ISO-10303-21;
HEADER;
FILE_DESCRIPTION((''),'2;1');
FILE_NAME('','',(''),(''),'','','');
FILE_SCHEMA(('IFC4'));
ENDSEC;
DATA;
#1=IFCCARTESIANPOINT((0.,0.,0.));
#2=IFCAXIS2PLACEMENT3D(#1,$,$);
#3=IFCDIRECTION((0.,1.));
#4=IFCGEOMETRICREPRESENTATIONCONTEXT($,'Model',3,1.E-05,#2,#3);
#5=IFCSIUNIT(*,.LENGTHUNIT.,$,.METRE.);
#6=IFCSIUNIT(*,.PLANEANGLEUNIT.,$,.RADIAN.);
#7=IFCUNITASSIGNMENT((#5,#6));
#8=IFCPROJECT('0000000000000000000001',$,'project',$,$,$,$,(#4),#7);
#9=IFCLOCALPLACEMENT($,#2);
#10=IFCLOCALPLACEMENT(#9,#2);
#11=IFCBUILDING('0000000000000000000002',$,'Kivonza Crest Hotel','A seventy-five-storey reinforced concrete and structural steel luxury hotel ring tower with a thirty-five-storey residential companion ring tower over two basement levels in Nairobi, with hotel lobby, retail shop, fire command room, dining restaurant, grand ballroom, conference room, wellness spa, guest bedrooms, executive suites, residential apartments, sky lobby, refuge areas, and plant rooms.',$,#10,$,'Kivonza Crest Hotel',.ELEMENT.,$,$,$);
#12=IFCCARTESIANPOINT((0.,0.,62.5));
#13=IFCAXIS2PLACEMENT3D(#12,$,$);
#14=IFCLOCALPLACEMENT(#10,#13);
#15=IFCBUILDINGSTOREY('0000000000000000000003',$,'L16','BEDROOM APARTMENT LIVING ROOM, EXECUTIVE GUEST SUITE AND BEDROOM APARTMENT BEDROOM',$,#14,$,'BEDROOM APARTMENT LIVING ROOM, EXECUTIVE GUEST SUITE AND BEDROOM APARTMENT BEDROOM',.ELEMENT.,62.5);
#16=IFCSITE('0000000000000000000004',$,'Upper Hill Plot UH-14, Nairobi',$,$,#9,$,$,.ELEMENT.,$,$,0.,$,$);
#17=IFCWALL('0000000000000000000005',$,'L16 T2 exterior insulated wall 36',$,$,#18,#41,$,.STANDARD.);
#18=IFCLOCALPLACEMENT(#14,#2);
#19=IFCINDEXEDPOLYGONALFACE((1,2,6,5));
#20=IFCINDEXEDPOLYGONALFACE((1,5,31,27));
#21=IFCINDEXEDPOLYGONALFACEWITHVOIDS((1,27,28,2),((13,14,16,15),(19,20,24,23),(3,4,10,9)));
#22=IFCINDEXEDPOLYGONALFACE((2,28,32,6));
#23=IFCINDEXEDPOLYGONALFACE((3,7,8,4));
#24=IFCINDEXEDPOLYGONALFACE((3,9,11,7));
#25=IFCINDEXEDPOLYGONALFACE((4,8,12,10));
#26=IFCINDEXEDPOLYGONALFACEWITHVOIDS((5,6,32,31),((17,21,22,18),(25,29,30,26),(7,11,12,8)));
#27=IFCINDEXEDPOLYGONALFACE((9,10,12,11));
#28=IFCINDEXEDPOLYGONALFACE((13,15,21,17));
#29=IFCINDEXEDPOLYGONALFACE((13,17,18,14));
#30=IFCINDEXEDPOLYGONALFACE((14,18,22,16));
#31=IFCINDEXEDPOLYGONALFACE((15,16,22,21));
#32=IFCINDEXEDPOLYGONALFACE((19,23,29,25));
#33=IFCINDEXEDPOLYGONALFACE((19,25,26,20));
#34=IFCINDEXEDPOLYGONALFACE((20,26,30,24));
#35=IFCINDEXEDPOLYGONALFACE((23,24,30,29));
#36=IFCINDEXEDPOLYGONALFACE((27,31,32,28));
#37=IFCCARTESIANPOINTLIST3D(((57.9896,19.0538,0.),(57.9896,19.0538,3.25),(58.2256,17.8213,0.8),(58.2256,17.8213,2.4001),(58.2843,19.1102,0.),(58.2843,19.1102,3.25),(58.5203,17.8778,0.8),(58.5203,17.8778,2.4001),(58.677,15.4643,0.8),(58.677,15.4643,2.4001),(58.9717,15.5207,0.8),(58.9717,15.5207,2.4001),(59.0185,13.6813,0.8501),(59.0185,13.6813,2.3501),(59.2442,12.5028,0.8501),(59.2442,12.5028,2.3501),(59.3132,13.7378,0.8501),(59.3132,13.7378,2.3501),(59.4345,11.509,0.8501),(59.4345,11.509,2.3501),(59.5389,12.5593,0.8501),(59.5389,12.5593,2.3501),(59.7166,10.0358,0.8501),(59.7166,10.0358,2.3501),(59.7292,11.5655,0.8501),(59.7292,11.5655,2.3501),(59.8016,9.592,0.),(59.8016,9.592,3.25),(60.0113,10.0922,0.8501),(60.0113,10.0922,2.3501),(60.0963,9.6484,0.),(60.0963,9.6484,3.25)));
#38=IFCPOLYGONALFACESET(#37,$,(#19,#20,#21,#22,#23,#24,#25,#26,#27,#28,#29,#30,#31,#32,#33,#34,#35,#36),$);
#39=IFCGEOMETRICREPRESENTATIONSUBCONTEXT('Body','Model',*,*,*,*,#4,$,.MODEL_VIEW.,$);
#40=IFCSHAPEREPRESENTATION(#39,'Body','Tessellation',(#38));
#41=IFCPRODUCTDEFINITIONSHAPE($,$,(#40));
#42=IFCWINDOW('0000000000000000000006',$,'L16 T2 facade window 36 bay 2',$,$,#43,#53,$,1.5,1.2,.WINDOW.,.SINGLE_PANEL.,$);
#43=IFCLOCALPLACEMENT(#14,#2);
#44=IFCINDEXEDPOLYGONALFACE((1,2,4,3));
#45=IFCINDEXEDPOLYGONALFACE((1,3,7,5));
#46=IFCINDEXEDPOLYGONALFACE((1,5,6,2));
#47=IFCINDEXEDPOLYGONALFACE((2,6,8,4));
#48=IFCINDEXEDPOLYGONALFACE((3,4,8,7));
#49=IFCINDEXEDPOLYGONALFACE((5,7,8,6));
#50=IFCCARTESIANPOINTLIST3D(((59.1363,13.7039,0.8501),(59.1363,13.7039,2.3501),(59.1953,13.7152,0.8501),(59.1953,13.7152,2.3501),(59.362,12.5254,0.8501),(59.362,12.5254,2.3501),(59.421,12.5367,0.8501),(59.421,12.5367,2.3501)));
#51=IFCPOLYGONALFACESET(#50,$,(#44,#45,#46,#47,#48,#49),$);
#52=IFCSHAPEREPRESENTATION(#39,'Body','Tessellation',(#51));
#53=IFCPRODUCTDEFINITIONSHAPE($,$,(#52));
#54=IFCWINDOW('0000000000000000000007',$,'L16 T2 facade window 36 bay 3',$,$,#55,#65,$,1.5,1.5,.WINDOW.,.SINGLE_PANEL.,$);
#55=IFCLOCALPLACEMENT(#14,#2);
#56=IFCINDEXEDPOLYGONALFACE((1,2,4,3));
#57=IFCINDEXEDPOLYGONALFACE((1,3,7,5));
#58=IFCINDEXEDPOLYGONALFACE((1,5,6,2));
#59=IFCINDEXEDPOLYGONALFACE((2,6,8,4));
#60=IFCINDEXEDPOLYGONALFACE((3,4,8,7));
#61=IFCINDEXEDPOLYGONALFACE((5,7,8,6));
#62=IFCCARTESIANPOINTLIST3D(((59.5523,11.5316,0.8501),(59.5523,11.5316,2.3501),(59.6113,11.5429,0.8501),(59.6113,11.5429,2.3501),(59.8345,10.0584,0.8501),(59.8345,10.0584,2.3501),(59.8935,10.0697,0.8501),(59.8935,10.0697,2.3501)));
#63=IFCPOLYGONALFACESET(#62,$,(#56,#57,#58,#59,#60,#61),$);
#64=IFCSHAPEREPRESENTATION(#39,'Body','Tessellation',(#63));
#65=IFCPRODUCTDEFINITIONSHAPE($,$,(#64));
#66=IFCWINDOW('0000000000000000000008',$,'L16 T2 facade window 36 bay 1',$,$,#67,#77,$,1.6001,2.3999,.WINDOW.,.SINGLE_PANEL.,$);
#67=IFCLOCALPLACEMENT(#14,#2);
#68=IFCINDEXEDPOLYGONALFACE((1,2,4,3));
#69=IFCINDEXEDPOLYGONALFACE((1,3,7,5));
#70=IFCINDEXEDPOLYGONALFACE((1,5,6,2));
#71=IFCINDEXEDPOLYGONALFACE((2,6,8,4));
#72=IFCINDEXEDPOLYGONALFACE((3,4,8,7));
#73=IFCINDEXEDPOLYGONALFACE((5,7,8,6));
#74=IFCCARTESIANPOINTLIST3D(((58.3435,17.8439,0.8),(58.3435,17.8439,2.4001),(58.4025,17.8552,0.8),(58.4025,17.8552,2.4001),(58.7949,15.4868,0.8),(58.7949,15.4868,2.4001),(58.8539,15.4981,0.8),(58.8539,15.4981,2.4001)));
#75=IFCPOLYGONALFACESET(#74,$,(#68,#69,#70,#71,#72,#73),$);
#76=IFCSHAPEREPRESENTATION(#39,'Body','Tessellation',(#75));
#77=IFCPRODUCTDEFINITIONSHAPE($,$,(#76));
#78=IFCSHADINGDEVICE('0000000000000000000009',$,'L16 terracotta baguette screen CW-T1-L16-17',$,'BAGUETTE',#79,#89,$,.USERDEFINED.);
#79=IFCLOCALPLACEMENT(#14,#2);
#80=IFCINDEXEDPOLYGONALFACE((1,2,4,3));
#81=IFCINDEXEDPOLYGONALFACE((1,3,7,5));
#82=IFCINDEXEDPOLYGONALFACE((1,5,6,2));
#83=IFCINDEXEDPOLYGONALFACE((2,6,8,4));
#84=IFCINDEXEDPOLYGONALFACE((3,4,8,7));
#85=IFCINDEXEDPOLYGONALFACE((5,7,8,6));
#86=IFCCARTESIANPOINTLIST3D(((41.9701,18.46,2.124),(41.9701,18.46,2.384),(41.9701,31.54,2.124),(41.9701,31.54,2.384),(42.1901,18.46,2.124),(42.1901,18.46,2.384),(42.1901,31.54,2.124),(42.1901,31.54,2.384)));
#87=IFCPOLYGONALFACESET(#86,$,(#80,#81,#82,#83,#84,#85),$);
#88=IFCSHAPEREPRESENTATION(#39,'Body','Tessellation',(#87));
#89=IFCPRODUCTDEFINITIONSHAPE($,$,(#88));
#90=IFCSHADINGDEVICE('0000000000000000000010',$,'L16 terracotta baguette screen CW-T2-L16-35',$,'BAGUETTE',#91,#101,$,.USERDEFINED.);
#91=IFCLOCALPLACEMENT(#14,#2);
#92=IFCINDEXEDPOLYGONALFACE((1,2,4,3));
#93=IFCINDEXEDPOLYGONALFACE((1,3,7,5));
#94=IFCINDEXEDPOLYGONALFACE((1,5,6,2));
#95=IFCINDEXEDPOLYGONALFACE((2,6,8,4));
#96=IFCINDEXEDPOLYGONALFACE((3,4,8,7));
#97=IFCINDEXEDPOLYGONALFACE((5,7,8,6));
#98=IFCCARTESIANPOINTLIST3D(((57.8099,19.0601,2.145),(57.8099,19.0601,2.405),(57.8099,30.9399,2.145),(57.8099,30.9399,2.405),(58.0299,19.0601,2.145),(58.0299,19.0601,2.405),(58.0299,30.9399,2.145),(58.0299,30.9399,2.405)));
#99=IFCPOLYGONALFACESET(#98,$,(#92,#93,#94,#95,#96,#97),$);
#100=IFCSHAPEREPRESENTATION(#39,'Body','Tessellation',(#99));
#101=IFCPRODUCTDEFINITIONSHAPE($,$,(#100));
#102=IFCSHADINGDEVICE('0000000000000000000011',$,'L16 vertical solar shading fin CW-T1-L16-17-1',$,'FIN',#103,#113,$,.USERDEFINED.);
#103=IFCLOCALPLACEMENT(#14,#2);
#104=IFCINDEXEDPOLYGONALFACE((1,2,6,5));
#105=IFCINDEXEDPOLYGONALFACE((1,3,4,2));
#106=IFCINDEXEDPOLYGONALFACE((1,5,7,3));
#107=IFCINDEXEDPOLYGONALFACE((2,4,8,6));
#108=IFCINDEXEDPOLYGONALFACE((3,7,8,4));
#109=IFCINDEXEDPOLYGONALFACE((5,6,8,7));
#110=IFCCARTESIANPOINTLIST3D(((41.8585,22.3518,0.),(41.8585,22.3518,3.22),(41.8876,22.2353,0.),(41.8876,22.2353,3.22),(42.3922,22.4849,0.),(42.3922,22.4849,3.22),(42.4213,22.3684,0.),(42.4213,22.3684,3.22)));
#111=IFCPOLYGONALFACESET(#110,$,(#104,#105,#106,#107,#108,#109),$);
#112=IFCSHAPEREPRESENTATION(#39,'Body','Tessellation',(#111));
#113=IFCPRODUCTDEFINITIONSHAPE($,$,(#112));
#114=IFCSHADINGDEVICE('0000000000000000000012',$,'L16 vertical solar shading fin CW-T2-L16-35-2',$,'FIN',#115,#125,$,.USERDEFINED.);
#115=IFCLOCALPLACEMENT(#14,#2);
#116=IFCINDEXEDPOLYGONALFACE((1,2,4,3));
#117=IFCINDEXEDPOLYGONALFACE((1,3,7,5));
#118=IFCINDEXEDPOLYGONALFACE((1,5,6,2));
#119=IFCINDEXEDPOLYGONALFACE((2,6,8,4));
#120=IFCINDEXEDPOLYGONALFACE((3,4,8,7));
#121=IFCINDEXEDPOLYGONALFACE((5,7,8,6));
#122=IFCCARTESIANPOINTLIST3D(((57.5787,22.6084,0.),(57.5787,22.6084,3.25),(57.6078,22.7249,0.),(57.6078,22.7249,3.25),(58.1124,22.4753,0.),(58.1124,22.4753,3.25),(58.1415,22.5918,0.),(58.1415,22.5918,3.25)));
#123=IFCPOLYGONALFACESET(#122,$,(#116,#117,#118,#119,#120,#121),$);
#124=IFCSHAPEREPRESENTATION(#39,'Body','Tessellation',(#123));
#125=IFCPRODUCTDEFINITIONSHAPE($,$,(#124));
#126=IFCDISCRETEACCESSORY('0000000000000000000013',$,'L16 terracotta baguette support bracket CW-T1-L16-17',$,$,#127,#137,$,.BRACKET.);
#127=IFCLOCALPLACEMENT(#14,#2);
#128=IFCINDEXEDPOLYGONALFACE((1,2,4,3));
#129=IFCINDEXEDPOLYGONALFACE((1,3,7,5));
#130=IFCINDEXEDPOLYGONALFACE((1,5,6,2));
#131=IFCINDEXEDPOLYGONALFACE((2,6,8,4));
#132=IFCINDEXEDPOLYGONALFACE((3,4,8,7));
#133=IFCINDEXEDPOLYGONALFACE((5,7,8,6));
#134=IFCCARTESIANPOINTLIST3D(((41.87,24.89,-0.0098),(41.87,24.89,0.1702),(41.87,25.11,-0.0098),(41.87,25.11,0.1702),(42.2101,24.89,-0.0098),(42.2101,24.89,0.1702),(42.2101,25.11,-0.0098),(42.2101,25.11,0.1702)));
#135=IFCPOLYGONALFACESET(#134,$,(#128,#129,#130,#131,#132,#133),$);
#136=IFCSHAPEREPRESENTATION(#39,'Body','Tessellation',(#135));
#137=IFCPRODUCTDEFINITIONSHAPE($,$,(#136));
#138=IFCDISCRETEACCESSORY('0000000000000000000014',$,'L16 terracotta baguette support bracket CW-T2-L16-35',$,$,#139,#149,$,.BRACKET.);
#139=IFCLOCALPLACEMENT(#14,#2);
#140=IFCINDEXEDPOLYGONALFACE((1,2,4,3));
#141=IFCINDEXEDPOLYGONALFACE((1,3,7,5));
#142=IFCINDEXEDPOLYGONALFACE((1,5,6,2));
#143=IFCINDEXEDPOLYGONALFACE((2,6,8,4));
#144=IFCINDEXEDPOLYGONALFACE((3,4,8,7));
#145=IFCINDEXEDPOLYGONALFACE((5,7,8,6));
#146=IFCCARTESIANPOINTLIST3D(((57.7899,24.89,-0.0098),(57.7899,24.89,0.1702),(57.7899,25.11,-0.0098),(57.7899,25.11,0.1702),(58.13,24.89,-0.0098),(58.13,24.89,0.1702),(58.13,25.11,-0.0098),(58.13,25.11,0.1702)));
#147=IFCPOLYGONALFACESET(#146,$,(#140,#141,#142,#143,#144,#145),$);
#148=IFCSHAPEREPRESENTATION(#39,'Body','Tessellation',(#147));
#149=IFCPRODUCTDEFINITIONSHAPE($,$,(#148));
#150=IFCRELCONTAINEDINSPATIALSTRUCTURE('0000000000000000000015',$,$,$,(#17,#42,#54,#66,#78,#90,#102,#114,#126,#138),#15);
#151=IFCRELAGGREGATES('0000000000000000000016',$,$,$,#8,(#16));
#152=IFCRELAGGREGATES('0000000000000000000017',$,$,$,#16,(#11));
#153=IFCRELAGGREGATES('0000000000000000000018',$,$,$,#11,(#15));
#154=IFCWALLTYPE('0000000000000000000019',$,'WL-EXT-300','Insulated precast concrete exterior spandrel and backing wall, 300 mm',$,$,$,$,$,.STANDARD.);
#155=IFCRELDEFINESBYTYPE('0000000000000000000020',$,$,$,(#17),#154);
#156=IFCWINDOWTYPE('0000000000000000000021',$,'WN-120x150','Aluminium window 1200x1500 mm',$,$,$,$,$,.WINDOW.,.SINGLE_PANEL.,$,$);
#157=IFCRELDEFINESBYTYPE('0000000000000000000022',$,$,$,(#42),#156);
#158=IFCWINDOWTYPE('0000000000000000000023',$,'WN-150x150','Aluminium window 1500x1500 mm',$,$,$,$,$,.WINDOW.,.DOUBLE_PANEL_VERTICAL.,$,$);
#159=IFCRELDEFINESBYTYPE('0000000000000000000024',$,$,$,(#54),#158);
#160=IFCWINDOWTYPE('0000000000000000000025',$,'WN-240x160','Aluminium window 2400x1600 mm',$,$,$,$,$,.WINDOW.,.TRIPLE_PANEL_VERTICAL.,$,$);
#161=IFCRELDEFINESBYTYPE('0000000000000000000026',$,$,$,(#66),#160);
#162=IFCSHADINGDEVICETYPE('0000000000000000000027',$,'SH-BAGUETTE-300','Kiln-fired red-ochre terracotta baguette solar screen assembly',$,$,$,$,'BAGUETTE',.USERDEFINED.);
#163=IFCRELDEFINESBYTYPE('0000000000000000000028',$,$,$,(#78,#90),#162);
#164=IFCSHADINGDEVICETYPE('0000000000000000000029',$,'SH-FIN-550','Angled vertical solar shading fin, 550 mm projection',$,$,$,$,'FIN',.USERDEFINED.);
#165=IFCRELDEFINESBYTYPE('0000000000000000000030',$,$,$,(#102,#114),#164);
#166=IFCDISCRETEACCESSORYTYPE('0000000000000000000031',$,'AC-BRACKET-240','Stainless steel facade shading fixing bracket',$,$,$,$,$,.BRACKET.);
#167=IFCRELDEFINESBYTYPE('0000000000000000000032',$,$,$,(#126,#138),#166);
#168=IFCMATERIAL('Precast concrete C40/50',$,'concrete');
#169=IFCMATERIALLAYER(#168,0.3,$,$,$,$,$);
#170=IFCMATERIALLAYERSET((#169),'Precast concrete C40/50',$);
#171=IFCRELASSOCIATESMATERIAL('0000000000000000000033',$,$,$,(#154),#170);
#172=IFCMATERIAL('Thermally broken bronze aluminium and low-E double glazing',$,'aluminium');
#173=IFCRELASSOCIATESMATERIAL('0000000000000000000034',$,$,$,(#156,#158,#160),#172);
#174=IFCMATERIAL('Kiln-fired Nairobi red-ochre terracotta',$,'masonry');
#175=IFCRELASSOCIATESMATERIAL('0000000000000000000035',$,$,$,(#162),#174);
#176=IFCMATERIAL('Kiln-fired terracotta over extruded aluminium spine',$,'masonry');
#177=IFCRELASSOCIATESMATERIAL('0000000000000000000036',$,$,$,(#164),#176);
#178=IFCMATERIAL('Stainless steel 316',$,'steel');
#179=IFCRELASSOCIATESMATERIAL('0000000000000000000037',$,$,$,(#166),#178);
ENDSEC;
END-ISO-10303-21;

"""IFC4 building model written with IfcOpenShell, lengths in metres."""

from ifc_helpers import new_model, si_unit, direction, frame, frame_2d, origin, origin_2d, place, context, subcontext, project, spatial, rectangle, extrude, material, layer, layer_set, type_object, element, fill, save


model = new_model("IFC4")

# Units and contexts
model_context = context("Model", 3, precision=1e-05, world=origin(), true_north=direction((0.0, 1.0)))
body_context = subcontext(model_context, "Body", "Model", "MODEL_VIEW")
ifc_project = project(units=[si_unit("LENGTHUNIT", "METRE"), si_unit("PLANEANGLEUNIT", "RADIAN")], contexts=[model_context])

# Site, building, storey
site_placement = place(None, origin())
site = spatial("IfcSite", under=ifc_project, at=site_placement, Name="Upper Hill Plot UH-14, Nairobi", CompositionType="ELEMENT", RefElevation=0.0)
building_placement = place(site_placement, origin())
building = spatial("IfcBuilding", under=site, at=building_placement, Name="Kivonza Crest Hotel", Description="A seventy-five-storey reinforced concrete and structural steel luxury hotel ring tower with a thirty-five-storey residential companion ring tower over two basement levels in Nairobi, with hotel lobby, retail shop, fire command room, dining restaurant, grand ballroom, conference room, wellness spa, guest bedrooms, executive suites, residential apartments, sky lobby, refuge areas, and plant rooms.", LongName="Kivonza Crest Hotel", CompositionType="ELEMENT")
storey_placement = place(building_placement, frame((0.0, 0.0, 62.5)))
storey = spatial("IfcBuildingStorey", under=building, at=storey_placement, Name="L16", Description="BEDROOM APARTMENT LIVING ROOM, EXECUTIVE GUEST SUITE AND BEDROOM APARTMENT BEDROOM", LongName="BEDROOM APARTMENT LIVING ROOM, EXECUTIVE GUEST SUITE AND BEDROOM APARTMENT BEDROOM", CompositionType="ELEMENT", Elevation=62.5)

# Wall, openings, windows
ifc_material_1 = material(Name="Precast concrete C40/50", Category="concrete")
ifc_layer_1 = layer(ifc_material_1, 0.3)
ifc_layer_set_1 = layer_set([ifc_layer_1], Name="Precast concrete C40/50")
wall_type_1 = type_object("IfcWallType", Name="WL-EXT-300", Description="Insulated precast concrete exterior spandrel and backing wall, 300 mm", PredefinedType="STANDARD", material=ifc_layer_set_1)
wall_1_placement = place(storey_placement, frame((58.137, 19.082, 0.0), z_axis=(0.0, 0.0, 1.0), x_axis=(0.188088, -0.982152, 0.0)))
wall_1 = element("IfcWall", 1, at=wall_1_placement, inside=storey, type_object=wall_type_1, Name="L16 T2 exterior insulated wall 36", PredefinedType="STANDARD", context=body_context, shape_type="SweptSolid", body=[
    extrude(rectangle(XDim=9.6338, YDim=0.3, at=frame_2d((4.8169, 0.0))), origin(), (0.0, 0.0, 1.0), 3.25),
])
opening_1_placement = place(wall_1_placement, frame((1.2549, 0.0, 0.8)))
opening_1 = element("IfcOpeningElement", 2, at=opening_1_placement, cuts=wall_1, PredefinedType="OPENING", context=body_context, shape_type="SweptSolid", body=[
    extrude(rectangle(XDim=2.3999, YDim=1.6001, at=frame_2d((1.2, 0.8))), frame((0.0, 0.1602, 0.0), z_axis=(0.0, -1.0, 0.0), x_axis=(1.0, 0.0, 0.0)), (0.0, 0.0, 1.0), 0.3201),
])
opening_2_placement = place(wall_1_placement, frame((5.47, 0.0, 0.8501)))
opening_2 = element("IfcOpeningElement", 3, at=opening_2_placement, cuts=wall_1, PredefinedType="OPENING", context=body_context, shape_type="SweptSolid", body=[
    extrude(rectangle(XDim=1.2, YDim=1.5, at=frame_2d((0.6001, 0.75))), frame((0.0, 0.1602, 0.0), z_axis=(0.0, -1.0, 0.0), x_axis=(1.0, 0.0, 0.0)), (0.0, 0.0, 1.0), 0.3201),
])
opening_3_placement = place(wall_1_placement, frame((7.6819, 0.0, 0.8501)))
opening_3 = element("IfcOpeningElement", 4, at=opening_3_placement, cuts=wall_1, PredefinedType="OPENING", context=body_context, shape_type="SweptSolid", body=[
    extrude(rectangle(XDim=1.5, YDim=1.5, at=frame_2d((0.75, 0.75))), frame((0.0, 0.1602, 0.0), z_axis=(0.0, -1.0, 0.0), x_axis=(1.0, 0.0, 0.0)), (0.0, 0.0, 1.0), 0.3201),
])
ifc_material_2 = material(Name="Thermally broken bronze aluminium and low-E double glazing", Category="aluminium")
window_type_1 = type_object("IfcWindowType", Name="WN-120x150", Description="Aluminium window 1200x1500 mm", PartitioningType="SINGLE_PANEL", PredefinedType="WINDOW", material=ifc_material_2)
window_1_placement = place(opening_2_placement, origin())
window_1 = element("IfcWindow", 5, at=window_1_placement, inside=storey, type_object=window_type_1, Name="L16 T2 facade window 36 bay 2", OverallHeight=1.5, OverallWidth=1.2, PartitioningType="SINGLE_PANEL", PredefinedType="WINDOW", context=body_context, shape_type="SweptSolid", body=[
    extrude(rectangle(XDim=1.2, YDim=1.5, at=frame_2d((0.6001, 0.75))), frame((0.0, 0.03, 0.0), z_axis=(0.0, -1.0, 0.0), x_axis=(1.0, 0.0, 0.0)), (0.0, 0.0, 1.0), 0.0601),
])
fill(opening_2, window_1)
window_type_2 = type_object("IfcWindowType", Name="WN-150x150", Description="Aluminium window 1500x1500 mm", PartitioningType="DOUBLE_PANEL_VERTICAL", PredefinedType="WINDOW", material=ifc_material_2)
window_2_placement = place(opening_3_placement, origin())
window_2 = element("IfcWindow", 6, at=window_2_placement, inside=storey, type_object=window_type_2, Name="L16 T2 facade window 36 bay 3", OverallHeight=1.5, OverallWidth=1.5, PartitioningType="SINGLE_PANEL", PredefinedType="WINDOW", context=body_context, shape_type="SweptSolid", body=[
    extrude(rectangle(XDim=1.5, YDim=1.5, at=frame_2d((0.75, 0.75))), frame((0.0, 0.03, 0.0), z_axis=(0.0, -1.0, 0.0), x_axis=(1.0, 0.0, 0.0)), (0.0, 0.0, 1.0), 0.0601),
])
fill(opening_3, window_2)
window_type_3 = type_object("IfcWindowType", Name="WN-240x160", Description="Aluminium window 2400x1600 mm", PartitioningType="TRIPLE_PANEL_VERTICAL", PredefinedType="WINDOW", material=ifc_material_2)
window_3_placement = place(opening_1_placement, origin())
window_3 = element("IfcWindow", 7, at=window_3_placement, inside=storey, type_object=window_type_3, Name="L16 T2 facade window 36 bay 1", OverallHeight=1.6001, OverallWidth=2.3999, PartitioningType="SINGLE_PANEL", PredefinedType="WINDOW", context=body_context, shape_type="SweptSolid", body=[
    extrude(rectangle(XDim=2.3999, YDim=1.6001, at=frame_2d((1.2, 0.8))), frame((0.0, 0.03, 0.0), z_axis=(0.0, -1.0, 0.0), x_axis=(1.0, 0.0, 0.0)), (0.0, 0.0, 1.0), 0.0601),
])
fill(opening_1, window_3)

# Shading devices
ifc_material_3 = material(Name="Kiln-fired Nairobi red-ochre terracotta", Category="masonry")
shading_device_type_1 = type_object("IfcShadingDeviceType", Name="SH-BAGUETTE-300", Description="Kiln-fired red-ochre terracotta baguette solar screen assembly", ElementType="BAGUETTE", PredefinedType="USERDEFINED", material=ifc_material_3)
shading_device_1_placement = place(storey_placement, frame((42.0801, 25.0, 2.124), z_axis=(0.0, 0.0, 1.0), x_axis=(0.0, 1.0, 0.0)))
element("IfcShadingDevice", 8, at=shading_device_1_placement, inside=storey, type_object=shading_device_type_1, Name="L16 terracotta baguette screen CW-T1-L16-17", ObjectType="BAGUETTE", PredefinedType="USERDEFINED", context=body_context, shape_type="SweptSolid", body=[
    extrude(rectangle(XDim=13.0801, YDim=0.22, at=origin_2d()), origin(), (0.0, 0.0, 1.0), 0.26),
])
shading_device_2_placement = place(storey_placement, frame((57.9199, 25.0, 2.145), z_axis=(0.0, 0.0, 1.0), x_axis=(0.0, -1.0, 0.0)))
element("IfcShadingDevice", 9, at=shading_device_2_placement, inside=storey, type_object=shading_device_type_1, Name="L16 terracotta baguette screen CW-T2-L16-35", ObjectType="BAGUETTE", PredefinedType="USERDEFINED", context=body_context, shape_type="SweptSolid", body=[
    extrude(rectangle(XDim=11.8799, YDim=0.22, at=origin_2d()), origin(), (0.0, 0.0, 1.0), 0.26),
])
ifc_material_4 = material(Name="Kiln-fired terracotta over extruded aluminium spine", Category="masonry")
shading_device_type_2 = type_object("IfcShadingDeviceType", Name="SH-FIN-550", Description="Angled vertical solar shading fin, 550 mm projection", ElementType="FIN", PredefinedType="USERDEFINED", material=ifc_material_4)
shading_device_3_placement = place(storey_placement, frame((42.1399, 22.3601, 0.0), z_axis=(0.0, 0.0, 1.0), x_axis=(-0.241922, 0.970296, 0.0)))
element("IfcShadingDevice", 10, at=shading_device_3_placement, inside=storey, type_object=shading_device_type_2, Name="L16 vertical solar shading fin CW-T1-L16-17-1", ObjectType="FIN", PredefinedType="USERDEFINED", context=body_context, shape_type="SweptSolid", body=[
    extrude(rectangle(XDim=0.1201, YDim=0.55, at=origin_2d()), origin(), (0.0, 0.0, 1.0), 3.22),
])
shading_device_4_placement = place(storey_placement, frame((57.8601, 22.6001, 0.0), z_axis=(0.0, 0.0, 1.0), x_axis=(-0.241922, -0.970296, 0.0)))
element("IfcShadingDevice", 11, at=shading_device_4_placement, inside=storey, type_object=shading_device_type_2, Name="L16 vertical solar shading fin CW-T2-L16-35-2", ObjectType="FIN", PredefinedType="USERDEFINED", context=body_context, shape_type="SweptSolid", body=[
    extrude(rectangle(XDim=0.1201, YDim=0.55, at=origin_2d()), origin(), (0.0, 0.0, 1.0), 3.25),
])

# Discrete accessories
ifc_material_5 = material(Name="Stainless steel 316", Category="steel")
discrete_accessory_type = type_object("IfcDiscreteAccessoryType", Name="AC-BRACKET-240", Description="Stainless steel facade shading fixing bracket", PredefinedType="BRACKET", material=ifc_material_5)
for number, where, z_axis, x_axis, name in (
    (12, (42.04, 25.0, -0.0098), (0.0, 0.0, 1.0), (0.0, 1.0, 0.0), "L16 terracotta baguette support bracket CW-T1-L16-17"),
    (13, (57.96, 25.0, -0.0098), (0.0, 0.0, 1.0), (0.0, -1.0, 0.0), "L16 terracotta baguette support bracket CW-T2-L16-35"),
):
    element("IfcDiscreteAccessory", number, at=place(storey_placement, frame(where, z_axis=z_axis, x_axis=x_axis)), inside=storey, type_object=discrete_accessory_type, Name=name, PredefinedType="BRACKET", context=body_context, shape_type="SweptSolid", body=[
        extrude(rectangle(XDim=0.22, YDim=0.3401, at=origin_2d()), origin(), (0.0, 0.0, 1.0), 0.1799),
    ])

save(model, "model.ifc")
